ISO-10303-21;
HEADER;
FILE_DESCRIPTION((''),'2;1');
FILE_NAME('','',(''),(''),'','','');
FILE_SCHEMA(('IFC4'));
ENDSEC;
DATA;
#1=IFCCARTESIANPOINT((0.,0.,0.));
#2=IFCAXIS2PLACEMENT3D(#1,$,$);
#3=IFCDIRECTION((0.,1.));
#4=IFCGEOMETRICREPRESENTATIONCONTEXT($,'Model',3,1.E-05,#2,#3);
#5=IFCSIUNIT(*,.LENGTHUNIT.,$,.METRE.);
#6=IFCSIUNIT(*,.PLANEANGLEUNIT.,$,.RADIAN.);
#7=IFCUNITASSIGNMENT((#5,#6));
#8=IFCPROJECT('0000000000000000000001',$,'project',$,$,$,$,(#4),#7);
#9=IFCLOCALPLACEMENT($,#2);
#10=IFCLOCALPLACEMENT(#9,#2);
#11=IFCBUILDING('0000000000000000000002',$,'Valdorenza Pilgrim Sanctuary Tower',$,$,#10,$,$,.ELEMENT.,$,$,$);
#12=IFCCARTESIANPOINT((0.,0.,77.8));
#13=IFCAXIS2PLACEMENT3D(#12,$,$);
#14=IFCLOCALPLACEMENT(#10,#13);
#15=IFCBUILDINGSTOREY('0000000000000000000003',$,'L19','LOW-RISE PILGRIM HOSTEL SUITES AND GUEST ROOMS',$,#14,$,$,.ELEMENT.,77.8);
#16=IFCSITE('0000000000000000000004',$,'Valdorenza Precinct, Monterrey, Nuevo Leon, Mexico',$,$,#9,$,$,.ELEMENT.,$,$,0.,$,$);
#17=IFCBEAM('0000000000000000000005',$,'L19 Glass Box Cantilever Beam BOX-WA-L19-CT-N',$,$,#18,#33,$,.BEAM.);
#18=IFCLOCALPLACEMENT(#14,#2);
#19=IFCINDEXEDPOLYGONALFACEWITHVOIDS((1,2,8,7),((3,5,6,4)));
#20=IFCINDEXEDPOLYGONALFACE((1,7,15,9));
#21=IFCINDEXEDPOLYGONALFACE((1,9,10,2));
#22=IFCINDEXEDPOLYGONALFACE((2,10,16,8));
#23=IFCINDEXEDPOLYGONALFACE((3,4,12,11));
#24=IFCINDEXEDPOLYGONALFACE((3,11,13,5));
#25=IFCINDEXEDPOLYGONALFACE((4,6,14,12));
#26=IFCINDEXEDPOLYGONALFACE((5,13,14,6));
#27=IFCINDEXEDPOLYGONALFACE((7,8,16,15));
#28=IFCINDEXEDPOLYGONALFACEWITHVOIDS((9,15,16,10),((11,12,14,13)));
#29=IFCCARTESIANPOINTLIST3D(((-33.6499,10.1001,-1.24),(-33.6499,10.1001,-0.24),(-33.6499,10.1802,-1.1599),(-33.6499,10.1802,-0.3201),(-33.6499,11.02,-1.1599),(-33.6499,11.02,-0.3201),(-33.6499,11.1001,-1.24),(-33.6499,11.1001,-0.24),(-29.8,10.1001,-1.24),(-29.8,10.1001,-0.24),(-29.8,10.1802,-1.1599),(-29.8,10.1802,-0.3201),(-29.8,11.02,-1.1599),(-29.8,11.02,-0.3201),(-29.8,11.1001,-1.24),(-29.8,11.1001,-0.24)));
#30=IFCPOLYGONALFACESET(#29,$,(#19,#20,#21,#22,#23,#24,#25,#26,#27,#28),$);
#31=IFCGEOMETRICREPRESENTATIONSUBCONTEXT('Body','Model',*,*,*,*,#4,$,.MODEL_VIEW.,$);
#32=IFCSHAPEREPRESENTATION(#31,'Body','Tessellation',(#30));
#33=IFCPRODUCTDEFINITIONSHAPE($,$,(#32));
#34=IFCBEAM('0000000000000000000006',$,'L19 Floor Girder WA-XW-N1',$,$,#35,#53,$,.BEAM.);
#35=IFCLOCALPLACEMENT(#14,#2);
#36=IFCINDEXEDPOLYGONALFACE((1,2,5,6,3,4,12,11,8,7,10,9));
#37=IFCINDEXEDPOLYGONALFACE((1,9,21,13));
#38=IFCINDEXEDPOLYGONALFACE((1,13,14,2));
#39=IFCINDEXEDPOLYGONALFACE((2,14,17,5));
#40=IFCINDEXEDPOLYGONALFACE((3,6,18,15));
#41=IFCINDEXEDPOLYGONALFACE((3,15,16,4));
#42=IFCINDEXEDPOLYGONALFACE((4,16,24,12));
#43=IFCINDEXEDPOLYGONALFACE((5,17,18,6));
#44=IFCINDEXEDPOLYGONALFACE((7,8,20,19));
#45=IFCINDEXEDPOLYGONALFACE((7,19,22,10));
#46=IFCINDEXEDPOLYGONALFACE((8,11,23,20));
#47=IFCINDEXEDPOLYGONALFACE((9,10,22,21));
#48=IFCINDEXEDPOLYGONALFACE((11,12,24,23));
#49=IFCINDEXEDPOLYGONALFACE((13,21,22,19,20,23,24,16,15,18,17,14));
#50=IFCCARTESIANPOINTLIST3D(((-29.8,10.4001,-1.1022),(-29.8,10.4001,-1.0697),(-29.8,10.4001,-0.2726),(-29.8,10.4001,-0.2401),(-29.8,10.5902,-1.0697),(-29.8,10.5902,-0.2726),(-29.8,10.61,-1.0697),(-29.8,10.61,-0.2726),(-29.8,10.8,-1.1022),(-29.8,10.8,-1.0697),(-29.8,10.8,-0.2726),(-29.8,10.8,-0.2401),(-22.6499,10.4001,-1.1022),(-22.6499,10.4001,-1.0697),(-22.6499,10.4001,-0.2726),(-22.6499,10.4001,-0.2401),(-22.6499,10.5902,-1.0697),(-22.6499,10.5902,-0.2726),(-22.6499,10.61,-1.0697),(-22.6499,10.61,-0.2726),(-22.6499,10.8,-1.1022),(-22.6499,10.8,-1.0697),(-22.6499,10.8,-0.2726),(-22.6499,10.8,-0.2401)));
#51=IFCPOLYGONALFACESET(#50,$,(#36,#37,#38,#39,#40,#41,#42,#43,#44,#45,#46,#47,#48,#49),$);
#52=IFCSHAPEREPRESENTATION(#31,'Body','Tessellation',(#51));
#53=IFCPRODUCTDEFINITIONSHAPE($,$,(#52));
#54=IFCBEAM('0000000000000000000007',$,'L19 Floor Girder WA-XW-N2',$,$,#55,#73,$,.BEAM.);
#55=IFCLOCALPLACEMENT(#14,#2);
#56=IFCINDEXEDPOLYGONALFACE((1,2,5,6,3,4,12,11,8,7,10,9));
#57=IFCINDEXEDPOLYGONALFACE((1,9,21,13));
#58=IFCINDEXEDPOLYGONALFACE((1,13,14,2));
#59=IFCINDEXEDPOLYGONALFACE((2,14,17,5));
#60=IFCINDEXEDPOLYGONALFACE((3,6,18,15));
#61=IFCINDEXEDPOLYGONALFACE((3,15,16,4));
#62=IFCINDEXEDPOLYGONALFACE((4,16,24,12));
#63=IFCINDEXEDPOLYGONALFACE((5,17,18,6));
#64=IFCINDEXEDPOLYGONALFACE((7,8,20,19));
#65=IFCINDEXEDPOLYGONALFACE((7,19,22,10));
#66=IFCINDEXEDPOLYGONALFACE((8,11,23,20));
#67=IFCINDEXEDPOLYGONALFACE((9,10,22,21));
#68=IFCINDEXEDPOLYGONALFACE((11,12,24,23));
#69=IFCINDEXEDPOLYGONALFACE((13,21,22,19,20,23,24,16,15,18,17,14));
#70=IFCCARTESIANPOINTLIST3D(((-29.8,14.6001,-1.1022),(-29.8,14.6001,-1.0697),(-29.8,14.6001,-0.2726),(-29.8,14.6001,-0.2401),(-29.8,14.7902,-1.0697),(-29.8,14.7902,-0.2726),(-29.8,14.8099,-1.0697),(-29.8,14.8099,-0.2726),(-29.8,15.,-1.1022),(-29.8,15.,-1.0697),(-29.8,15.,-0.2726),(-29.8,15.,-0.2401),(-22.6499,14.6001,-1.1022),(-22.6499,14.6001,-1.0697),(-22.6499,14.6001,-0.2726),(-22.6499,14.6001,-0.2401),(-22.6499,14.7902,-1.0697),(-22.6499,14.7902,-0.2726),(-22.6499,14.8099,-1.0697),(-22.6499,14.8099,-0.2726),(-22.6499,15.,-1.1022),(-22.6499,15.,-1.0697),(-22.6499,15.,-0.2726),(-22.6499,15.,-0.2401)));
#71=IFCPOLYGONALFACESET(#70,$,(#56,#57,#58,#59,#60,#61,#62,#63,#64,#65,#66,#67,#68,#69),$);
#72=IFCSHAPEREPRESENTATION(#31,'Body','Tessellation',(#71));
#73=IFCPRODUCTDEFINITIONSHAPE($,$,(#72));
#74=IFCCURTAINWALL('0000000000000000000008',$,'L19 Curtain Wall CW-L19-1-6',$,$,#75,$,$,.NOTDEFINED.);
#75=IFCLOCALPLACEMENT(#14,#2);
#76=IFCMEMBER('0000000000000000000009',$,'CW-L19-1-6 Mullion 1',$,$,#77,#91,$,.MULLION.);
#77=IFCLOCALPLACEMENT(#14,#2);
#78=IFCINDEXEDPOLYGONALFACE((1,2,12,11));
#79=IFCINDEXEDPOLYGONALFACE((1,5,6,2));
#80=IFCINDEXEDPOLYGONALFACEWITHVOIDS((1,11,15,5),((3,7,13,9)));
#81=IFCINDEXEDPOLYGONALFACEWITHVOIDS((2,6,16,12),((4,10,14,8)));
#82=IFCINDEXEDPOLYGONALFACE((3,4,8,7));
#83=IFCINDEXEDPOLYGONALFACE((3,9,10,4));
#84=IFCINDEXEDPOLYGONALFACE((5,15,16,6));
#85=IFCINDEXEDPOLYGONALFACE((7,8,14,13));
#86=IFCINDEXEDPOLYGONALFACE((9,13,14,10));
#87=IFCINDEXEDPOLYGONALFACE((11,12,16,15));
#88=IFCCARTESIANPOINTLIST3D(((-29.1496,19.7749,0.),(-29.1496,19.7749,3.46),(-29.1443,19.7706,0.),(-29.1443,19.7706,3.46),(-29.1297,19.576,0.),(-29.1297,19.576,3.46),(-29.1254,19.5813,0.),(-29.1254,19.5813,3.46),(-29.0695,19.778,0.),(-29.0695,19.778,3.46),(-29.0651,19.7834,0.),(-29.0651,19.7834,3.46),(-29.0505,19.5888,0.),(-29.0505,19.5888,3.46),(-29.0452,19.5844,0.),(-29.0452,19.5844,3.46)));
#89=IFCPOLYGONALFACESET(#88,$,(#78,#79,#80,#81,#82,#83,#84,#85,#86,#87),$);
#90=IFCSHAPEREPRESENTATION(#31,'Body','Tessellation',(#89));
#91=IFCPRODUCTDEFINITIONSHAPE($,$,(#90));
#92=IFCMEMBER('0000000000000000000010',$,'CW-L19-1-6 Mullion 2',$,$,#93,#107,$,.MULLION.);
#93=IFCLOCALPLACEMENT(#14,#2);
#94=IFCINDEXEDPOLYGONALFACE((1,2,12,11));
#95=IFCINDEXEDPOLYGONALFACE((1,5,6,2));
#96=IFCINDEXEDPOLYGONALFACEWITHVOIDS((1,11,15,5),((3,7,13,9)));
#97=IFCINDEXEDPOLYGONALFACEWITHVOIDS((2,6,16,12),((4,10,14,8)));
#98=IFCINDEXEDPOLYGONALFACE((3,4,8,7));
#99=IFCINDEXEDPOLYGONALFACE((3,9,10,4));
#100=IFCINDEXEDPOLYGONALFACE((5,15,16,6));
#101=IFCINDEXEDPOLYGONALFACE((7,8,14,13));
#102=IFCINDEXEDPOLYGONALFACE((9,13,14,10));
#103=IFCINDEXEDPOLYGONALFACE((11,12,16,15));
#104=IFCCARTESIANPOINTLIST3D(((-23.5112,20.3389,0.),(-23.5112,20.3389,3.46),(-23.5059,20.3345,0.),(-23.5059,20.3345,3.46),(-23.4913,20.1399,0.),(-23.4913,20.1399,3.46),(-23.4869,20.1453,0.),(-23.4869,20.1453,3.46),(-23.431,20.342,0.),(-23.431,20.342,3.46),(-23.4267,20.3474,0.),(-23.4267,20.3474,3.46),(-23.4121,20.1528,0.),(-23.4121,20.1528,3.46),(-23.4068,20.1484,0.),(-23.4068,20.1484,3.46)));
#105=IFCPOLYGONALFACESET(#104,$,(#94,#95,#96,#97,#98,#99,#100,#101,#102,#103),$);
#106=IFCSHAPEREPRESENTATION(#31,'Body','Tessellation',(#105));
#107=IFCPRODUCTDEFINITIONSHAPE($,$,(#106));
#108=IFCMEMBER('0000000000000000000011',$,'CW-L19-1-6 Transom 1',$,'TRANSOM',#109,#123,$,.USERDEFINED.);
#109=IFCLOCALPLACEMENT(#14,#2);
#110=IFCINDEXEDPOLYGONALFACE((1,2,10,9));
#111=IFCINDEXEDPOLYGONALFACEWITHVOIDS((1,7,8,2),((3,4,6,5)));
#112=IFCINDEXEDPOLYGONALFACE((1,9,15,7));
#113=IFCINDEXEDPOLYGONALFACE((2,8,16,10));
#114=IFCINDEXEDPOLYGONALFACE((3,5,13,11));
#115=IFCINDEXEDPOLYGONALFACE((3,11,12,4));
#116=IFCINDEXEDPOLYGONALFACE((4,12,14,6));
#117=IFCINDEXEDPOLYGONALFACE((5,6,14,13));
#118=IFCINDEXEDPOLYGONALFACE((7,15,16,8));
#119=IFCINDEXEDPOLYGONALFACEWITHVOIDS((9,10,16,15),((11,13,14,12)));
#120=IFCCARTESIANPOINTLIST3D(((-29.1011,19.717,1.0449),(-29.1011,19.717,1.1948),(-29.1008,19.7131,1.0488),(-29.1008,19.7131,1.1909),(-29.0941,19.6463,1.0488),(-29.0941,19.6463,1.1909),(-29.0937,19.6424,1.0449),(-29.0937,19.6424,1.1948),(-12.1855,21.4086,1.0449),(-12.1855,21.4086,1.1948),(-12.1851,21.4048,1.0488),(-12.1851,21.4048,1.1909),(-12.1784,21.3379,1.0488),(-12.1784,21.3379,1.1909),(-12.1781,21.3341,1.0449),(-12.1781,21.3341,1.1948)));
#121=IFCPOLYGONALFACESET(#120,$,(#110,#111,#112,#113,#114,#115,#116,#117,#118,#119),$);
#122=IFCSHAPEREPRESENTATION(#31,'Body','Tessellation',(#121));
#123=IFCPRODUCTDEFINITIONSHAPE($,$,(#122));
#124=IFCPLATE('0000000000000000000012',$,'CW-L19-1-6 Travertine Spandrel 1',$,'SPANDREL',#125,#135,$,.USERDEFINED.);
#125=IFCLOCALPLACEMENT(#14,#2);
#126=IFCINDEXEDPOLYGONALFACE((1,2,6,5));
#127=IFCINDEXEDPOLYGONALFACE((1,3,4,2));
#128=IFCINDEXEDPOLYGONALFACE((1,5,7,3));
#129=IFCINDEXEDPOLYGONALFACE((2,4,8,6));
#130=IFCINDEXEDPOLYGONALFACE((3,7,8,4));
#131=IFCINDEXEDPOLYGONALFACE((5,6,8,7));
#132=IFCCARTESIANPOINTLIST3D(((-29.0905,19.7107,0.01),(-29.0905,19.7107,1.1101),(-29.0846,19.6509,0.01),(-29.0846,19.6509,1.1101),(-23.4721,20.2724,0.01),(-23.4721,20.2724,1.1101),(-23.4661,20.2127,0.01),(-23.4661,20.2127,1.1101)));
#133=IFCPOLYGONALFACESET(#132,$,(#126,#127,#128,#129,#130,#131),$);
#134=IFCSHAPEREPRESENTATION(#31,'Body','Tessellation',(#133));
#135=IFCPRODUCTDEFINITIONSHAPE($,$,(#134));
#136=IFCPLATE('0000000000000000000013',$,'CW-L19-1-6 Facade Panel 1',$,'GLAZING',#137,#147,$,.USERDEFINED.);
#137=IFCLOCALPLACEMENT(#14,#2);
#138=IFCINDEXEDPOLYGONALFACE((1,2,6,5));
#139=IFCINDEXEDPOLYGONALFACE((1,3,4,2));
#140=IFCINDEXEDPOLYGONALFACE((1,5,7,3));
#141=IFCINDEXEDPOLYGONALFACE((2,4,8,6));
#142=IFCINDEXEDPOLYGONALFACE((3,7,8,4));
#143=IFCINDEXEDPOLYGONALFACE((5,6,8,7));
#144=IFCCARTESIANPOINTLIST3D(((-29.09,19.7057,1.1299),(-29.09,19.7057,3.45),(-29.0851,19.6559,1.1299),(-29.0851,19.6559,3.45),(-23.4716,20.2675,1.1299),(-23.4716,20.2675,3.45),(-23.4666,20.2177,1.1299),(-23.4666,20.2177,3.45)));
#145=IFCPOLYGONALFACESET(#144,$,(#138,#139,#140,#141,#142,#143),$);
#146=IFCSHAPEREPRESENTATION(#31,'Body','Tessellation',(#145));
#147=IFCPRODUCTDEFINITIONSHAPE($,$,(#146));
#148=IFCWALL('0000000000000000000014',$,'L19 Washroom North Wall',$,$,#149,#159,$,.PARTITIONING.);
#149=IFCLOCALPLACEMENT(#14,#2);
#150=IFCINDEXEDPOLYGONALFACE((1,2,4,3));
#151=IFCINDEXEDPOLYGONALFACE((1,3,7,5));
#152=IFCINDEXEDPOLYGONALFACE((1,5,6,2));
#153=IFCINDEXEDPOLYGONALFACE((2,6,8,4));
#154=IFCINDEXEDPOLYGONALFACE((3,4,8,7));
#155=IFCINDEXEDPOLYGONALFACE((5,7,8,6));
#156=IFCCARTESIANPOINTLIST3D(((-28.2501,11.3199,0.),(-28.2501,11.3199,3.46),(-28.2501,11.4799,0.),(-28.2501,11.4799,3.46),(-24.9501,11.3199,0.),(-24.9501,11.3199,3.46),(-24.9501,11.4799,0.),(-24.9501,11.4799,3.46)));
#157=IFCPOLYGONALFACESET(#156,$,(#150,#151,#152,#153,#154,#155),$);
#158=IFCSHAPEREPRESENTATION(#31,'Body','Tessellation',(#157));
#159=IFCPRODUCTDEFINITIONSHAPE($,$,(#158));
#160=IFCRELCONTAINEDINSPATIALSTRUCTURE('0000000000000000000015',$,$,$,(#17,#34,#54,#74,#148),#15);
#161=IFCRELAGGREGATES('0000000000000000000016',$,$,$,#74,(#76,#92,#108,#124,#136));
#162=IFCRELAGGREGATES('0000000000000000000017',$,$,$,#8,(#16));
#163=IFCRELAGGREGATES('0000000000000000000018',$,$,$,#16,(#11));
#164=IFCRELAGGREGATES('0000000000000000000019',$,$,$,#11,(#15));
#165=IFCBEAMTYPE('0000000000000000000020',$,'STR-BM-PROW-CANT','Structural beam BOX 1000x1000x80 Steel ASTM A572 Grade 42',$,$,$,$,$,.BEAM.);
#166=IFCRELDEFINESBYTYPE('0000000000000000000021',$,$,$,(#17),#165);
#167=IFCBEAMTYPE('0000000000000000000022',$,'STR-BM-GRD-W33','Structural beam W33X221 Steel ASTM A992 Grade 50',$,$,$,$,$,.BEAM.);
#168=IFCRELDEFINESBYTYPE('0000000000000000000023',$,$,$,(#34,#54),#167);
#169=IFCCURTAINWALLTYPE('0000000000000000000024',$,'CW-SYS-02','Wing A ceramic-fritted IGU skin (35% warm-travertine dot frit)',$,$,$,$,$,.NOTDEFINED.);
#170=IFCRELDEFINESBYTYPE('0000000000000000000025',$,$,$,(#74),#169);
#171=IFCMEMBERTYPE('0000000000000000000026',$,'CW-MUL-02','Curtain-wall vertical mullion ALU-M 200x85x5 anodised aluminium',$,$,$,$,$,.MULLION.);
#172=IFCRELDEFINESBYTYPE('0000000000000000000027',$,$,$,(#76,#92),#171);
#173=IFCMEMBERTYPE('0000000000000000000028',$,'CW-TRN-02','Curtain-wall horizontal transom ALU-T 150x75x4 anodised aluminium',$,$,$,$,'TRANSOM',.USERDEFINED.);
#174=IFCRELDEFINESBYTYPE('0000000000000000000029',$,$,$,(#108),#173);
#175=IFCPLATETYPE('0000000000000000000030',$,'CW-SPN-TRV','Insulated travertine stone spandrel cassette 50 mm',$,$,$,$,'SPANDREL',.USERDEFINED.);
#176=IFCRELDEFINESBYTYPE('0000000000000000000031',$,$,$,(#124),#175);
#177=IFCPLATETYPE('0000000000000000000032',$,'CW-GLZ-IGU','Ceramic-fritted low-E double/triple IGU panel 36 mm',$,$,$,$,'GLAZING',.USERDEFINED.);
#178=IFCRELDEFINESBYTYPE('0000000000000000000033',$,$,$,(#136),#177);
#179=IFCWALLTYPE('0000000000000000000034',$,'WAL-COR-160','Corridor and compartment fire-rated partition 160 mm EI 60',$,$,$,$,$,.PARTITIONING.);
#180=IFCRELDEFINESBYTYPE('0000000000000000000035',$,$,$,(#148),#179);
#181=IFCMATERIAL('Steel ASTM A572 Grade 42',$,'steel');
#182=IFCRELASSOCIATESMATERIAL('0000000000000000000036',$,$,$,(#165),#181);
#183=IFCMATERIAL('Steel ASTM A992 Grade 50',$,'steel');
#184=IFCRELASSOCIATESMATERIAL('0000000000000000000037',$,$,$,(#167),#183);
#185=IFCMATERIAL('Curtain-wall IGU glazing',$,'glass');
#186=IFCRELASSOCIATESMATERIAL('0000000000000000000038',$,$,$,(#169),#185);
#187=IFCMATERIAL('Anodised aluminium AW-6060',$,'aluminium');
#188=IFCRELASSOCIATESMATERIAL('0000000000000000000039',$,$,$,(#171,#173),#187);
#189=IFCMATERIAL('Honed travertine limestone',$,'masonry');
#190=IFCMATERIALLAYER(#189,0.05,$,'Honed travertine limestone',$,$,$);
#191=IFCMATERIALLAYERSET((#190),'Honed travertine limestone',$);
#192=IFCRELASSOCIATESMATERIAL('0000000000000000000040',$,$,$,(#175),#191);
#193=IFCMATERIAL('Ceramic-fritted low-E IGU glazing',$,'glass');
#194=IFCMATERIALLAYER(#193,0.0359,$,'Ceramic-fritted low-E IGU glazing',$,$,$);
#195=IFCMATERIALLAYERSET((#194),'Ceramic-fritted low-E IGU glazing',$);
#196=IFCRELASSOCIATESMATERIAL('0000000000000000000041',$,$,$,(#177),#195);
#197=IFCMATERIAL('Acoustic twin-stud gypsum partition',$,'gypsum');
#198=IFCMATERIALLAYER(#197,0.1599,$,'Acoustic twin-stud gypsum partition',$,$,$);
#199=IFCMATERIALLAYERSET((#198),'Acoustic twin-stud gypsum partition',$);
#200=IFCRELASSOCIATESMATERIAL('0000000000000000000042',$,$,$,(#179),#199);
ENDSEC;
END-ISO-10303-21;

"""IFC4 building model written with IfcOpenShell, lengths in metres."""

from ifc_helpers import new_model, si_unit, direction, frame, frame_2d, origin, origin_2d, place, context, subcontext, project, spatial, rectangle, hollow_rectangle, i_section, extrude, source, transform, mapped, material, layer, layer_set, material_profile, profile_set, type_object, element, aggregate, save


model = new_model("IFC4")

# Units and contexts
model_context = context("Model", 3, precision=1e-05, world=origin(), true_north=direction((0.0, 1.0)))
body_context = subcontext(model_context, "Body", "Model", "MODEL_VIEW")
ifc_project = project(units=[si_unit("LENGTHUNIT", "METRE"), si_unit("PLANEANGLEUNIT", "RADIAN")], contexts=[model_context])

# Site, building, storey
site_placement = place(None, origin())
site = spatial("IfcSite", under=ifc_project, at=site_placement, Name="Valdorenza Precinct, Monterrey, Nuevo Leon, Mexico", CompositionType="ELEMENT", RefElevation=0.0)
building_placement = place(site_placement, origin())
building = spatial("IfcBuilding", under=site, at=building_placement, Name="Valdorenza Pilgrim Sanctuary Tower", CompositionType="ELEMENT")
storey_placement = place(building_placement, frame((0.0, 0.0, 77.8)))
storey = spatial("IfcBuildingStorey", under=building, at=storey_placement, Name="L19", Description="LOW-RISE PILGRIM HOSTEL SUITES AND GUEST ROOMS", CompositionType="ELEMENT", Elevation=77.8)

# Beams
ifc_material_1 = material(Name="Steel ASTM A992 Grade 50", Category="steel")
ifc_material_2 = material(Name="Steel ASTM A572 Grade 42", Category="steel")
ifc_material_profile_1 = material_profile(ifc_material_2, hollow_rectangle(XDim=1.0, YDim=1.0, WallThickness=0.0801, at=origin_2d()), Name="BOX 1000x1000x80")
ifc_profile_set_1 = profile_set([ifc_material_profile_1], Name="Steel ASTM A572 Grade 42")
beam_type_1 = type_object("IfcBeamType", Name="STR-BM-PROW-CANT", Description="Structural beam BOX 1000x1000x80 Steel ASTM A572 Grade 42", PredefinedType="BEAM", material=ifc_profile_set_1)
shared_shape_1 = source(origin(), body_context, "Body", "SweptSolid", [
    extrude(hollow_rectangle(XDim=1.0, YDim=1.0, WallThickness=0.0801, at=origin_2d()), origin(), (0.0, 0.0, 1.0), 3.8499),
])
beam_1_placement = place(storey_placement, frame((-29.8, 10.6001, -0.74), z_axis=(-1.0, 0.0, 0.0), x_axis=(0.0, -1.0, 0.0)))
element("IfcBeam", 1, at=beam_1_placement, inside=storey, type_object=beam_type_1, Name="L19 Glass Box Cantilever Beam BOX-WA-L19-CT-N", PredefinedType="BEAM", context=body_context, shape_type="MappedRepresentation", body=[
    mapped(shared_shape_1, transform((0.0, 0.0, 0.0), x_axis=(1.0, 0.0, 0.0), y_axis=(0.0, 1.0, 0.0), z_axis=(0.0, 0.0, 1.0), scale=1.0)),
])
ifc_material_profile_2 = material_profile(ifc_material_1, i_section(OverallWidth=0.3999, OverallDepth=0.8621, WebThickness=0.0198, FlangeThickness=0.0325, at=origin_2d()), Name="W33X221")
ifc_profile_set_2 = profile_set([ifc_material_profile_2], Name="Steel ASTM A992 Grade 50")
beam_type_2 = type_object("IfcBeamType", Name="STR-BM-GRD-W33", Description="Structural beam W33X221 Steel ASTM A992 Grade 50", PredefinedType="BEAM", material=ifc_profile_set_2)
shared_shape_2 = source(origin(), body_context, "Body", "SweptSolid", [
    extrude(i_section(OverallWidth=0.3999, OverallDepth=0.8621, WebThickness=0.0198, FlangeThickness=0.0325, at=origin_2d()), origin(), (0.0, 0.0, 1.0), 7.1501),
])
for number, where, z_axis, x_axis, name in (
    (2, (-29.8, 10.6001, -0.6711), (1.0, 0.0, 0.0), (0.0, 1.0, 0.0), "L19 Floor Girder WA-XW-N1"),
    (3, (-29.8, 14.8, -0.6711), (1.0, 0.0, 0.0), (0.0, 1.0, 0.0), "L19 Floor Girder WA-XW-N2"),
):
    element("IfcBeam", number, at=place(storey_placement, frame(where, z_axis=z_axis, x_axis=x_axis)), inside=storey, type_object=beam_type_2, Name=name, PredefinedType="BEAM", context=body_context, shape_type="MappedRepresentation", body=[
        mapped(shared_shape_2, transform((0.0, 0.0, 0.0), x_axis=(1.0, 0.0, 0.0), y_axis=(0.0, 1.0, 0.0), z_axis=(0.0, 0.0, 1.0), scale=1.0)),
    ])

# Curtain wall, members, plates
ifc_material_3 = material(Name="Curtain-wall IGU glazing", Category="glass")
curtain_wall_type = type_object("IfcCurtainWallType", Name="CW-SYS-02", Description="Wing A ceramic-fritted IGU skin (35% warm-travertine dot frit)", PredefinedType="NOTDEFINED", material=ifc_material_3)
curtain_wall_placement = place(storey_placement, origin())
curtain_wall = element("IfcCurtainWall", 4, at=curtain_wall_placement, inside=storey, type_object=curtain_wall_type, Name="L19 Curtain Wall CW-L19-1-6", PredefinedType="NOTDEFINED")
ifc_material_4 = material(Name="Anodised aluminium AW-6060", Category="aluminium")
ifc_material_profile_3 = material_profile(ifc_material_4, hollow_rectangle(XDim=0.085, YDim=0.2, WallThickness=0.0049, at=origin_2d()), Name="ALU-M 200x85x5")
ifc_profile_set_3 = profile_set([ifc_material_profile_3], Name="Anodised aluminium AW-6060")
member_type_1 = type_object("IfcMemberType", Name="CW-MUL-02", Description="Curtain-wall vertical mullion ALU-M 200x85x5 anodised aluminium", PredefinedType="MULLION", material=ifc_profile_set_3)
shared_shape_3 = source(origin(), body_context, "Body", "SweptSolid", [
    extrude(hollow_rectangle(XDim=0.085, YDim=0.2, WallThickness=0.0049, at=origin_2d()), origin(), (0.0, 0.0, 1.0), 3.46),
])
member_1_placement = place(storey_placement, frame((-29.0974, 19.6797, 0.0), z_axis=(0.0, 0.0, 1.0), x_axis=(0.995038, 0.099493, 0.0)))
member_1 = element("IfcMember", 5, at=member_1_placement, type_object=member_type_1, Name="CW-L19-1-6 Mullion 1", PredefinedType="MULLION", context=body_context, shape_type="MappedRepresentation", body=[
    mapped(shared_shape_3, transform((0.0, 0.0, 0.0), x_axis=(1.0, 0.0, 0.0), y_axis=(0.0, 1.0, 0.0), z_axis=(0.0, 0.0, 1.0), scale=1.0)),
])
member_2_placement = place(storey_placement, frame((-23.459, 20.2437, 0.0), z_axis=(0.0, 0.0, 1.0), x_axis=(0.995038, 0.099493, 0.0)))
member_2 = element("IfcMember", 6, at=member_2_placement, type_object=member_type_1, Name="CW-L19-1-6 Mullion 2", PredefinedType="MULLION", context=body_context, shape_type="MappedRepresentation", body=[
    mapped(shared_shape_3, transform((0.0, 0.0, 0.0), x_axis=(1.0, 0.0, 0.0), y_axis=(0.0, 1.0, 0.0), z_axis=(0.0, 0.0, 1.0), scale=1.0)),
])
ifc_material_profile_4 = material_profile(ifc_material_4, hollow_rectangle(XDim=0.075, YDim=0.1499, WallThickness=0.0039, at=origin_2d()), Name="ALU-T 150x75x4")
ifc_profile_set_4 = profile_set([ifc_material_profile_4], Name="Anodised aluminium AW-6060")
member_type_2 = type_object("IfcMemberType", Name="CW-TRN-02", Description="Curtain-wall horizontal transom ALU-T 150x75x4 anodised aluminium", ElementType="TRANSOM", PredefinedType="USERDEFINED", material=ifc_profile_set_4)
shared_shape_4 = source(origin(), body_context, "Body", "SweptSolid", [
    extrude(hollow_rectangle(XDim=0.075, YDim=0.1499, WallThickness=0.0039, at=origin_2d()), origin(), (0.0, 0.0, 1.0), 17.0),
])
member_3_placement = place(storey_placement, frame((-29.0974, 19.6797, 1.1199), z_axis=(0.995037, 0.099509, 0.0), x_axis=(-0.099509, 0.995037, 0.0)))
member_3 = element("IfcMember", 7, at=member_3_placement, type_object=member_type_2, Name="CW-L19-1-6 Transom 1", ObjectType="TRANSOM", PredefinedType="USERDEFINED", context=body_context, shape_type="MappedRepresentation", body=[
    mapped(shared_shape_4, transform((0.0, 0.0, 0.0), x_axis=(1.0, 0.0, 0.0), y_axis=(0.0, 1.0, 0.0), z_axis=(0.0, 0.0, 1.0), scale=1.0)),
])
ifc_material_5 = material(Name="Honed travertine limestone", Category="masonry")
ifc_layer_1 = layer(ifc_material_5, 0.05, Name="Honed travertine limestone")
ifc_layer_set_1 = layer_set([ifc_layer_1], Name="Honed travertine limestone")
plate_type_1 = type_object("IfcPlateType", Name="CW-SPN-TRV", Description="Insulated travertine stone spandrel cassette 50 mm", ElementType="SPANDREL", PredefinedType="USERDEFINED", material=ifc_layer_set_1)
shared_shape_5 = source(origin(), body_context, "Body", "SweptSolid", [
    extrude(rectangle(XDim=5.6465, YDim=0.0601, at=origin_2d()), origin(), (0.0, 0.0, 1.0), 1.1001),
])
plate_1_placement = place(storey_placement, frame((-26.2783, 19.9617, 0.01), z_axis=(0.0, 0.0, 1.0), x_axis=(0.995038, 0.099493, 0.0)))
plate_1 = element("IfcPlate", 8, at=plate_1_placement, type_object=plate_type_1, Name="CW-L19-1-6 Travertine Spandrel 1", ObjectType="SPANDREL", PredefinedType="USERDEFINED", context=body_context, shape_type="MappedRepresentation", body=[
    mapped(shared_shape_5, transform((0.0, 0.0, 0.0), x_axis=(1.0, 0.0, 0.0), y_axis=(0.0, 1.0, 0.0), z_axis=(0.0, 0.0, 1.0), scale=1.0)),
])
ifc_material_6 = material(Name="Ceramic-fritted low-E IGU glazing", Category="glass")
ifc_layer_2 = layer(ifc_material_6, 0.0359, Name="Ceramic-fritted low-E IGU glazing")
ifc_layer_set_2 = layer_set([ifc_layer_2], Name="Ceramic-fritted low-E IGU glazing")
plate_type_2 = type_object("IfcPlateType", Name="CW-GLZ-IGU", Description="Ceramic-fritted low-E double/triple IGU panel 36 mm", ElementType="GLAZING", PredefinedType="USERDEFINED", material=ifc_layer_set_2)
shared_shape_6 = source(origin(), body_context, "Body", "SweptSolid", [
    extrude(rectangle(XDim=5.6465, YDim=0.05, at=origin_2d()), origin(), (0.0, 0.0, 1.0), 2.3201),
])
plate_2_placement = place(storey_placement, frame((-26.2783, 19.9617, 1.1299), z_axis=(0.0, 0.0, 1.0), x_axis=(0.995038, 0.099493, 0.0)))
plate_2 = element("IfcPlate", 9, at=plate_2_placement, type_object=plate_type_2, Name="CW-L19-1-6 Facade Panel 1", ObjectType="GLAZING", PredefinedType="USERDEFINED", context=body_context, shape_type="MappedRepresentation", body=[
    mapped(shared_shape_6, transform((0.0, 0.0, 0.0), x_axis=(1.0, 0.0, 0.0), y_axis=(0.0, 1.0, 0.0), z_axis=(0.0, 0.0, 1.0), scale=1.0)),
])
aggregate(curtain_wall, [member_1, member_2, member_3, plate_1, plate_2])

# Wall
ifc_material_7 = material(Name="Acoustic twin-stud gypsum partition", Category="gypsum")
ifc_layer_3 = layer(ifc_material_7, 0.1599, Name="Acoustic twin-stud gypsum partition")
ifc_layer_set_3 = layer_set([ifc_layer_3], Name="Acoustic twin-stud gypsum partition")
wall_type_1 = type_object("IfcWallType", Name="WAL-COR-160", Description="Corridor and compartment fire-rated partition 160 mm EI 60", PredefinedType="PARTITIONING", material=ifc_layer_set_3)
wall_1_placement = place(storey_placement, frame((-28.25, 11.3999, 0.0), z_axis=(0.0, 0.0, 1.0), x_axis=(1.0, 0.0, 0.0)))
element("IfcWall", 10, at=wall_1_placement, inside=storey, type_object=wall_type_1, Name="L19 Washroom North Wall", PredefinedType="PARTITIONING", context=body_context, shape_type="SweptSolid", body=[
    extrude(rectangle(XDim=3.3, YDim=0.1599, at=frame_2d((1.6499, 0.0))), origin(), (0.0, 0.0, 1.0), 3.46),
])

save(model, "model.ifc")
